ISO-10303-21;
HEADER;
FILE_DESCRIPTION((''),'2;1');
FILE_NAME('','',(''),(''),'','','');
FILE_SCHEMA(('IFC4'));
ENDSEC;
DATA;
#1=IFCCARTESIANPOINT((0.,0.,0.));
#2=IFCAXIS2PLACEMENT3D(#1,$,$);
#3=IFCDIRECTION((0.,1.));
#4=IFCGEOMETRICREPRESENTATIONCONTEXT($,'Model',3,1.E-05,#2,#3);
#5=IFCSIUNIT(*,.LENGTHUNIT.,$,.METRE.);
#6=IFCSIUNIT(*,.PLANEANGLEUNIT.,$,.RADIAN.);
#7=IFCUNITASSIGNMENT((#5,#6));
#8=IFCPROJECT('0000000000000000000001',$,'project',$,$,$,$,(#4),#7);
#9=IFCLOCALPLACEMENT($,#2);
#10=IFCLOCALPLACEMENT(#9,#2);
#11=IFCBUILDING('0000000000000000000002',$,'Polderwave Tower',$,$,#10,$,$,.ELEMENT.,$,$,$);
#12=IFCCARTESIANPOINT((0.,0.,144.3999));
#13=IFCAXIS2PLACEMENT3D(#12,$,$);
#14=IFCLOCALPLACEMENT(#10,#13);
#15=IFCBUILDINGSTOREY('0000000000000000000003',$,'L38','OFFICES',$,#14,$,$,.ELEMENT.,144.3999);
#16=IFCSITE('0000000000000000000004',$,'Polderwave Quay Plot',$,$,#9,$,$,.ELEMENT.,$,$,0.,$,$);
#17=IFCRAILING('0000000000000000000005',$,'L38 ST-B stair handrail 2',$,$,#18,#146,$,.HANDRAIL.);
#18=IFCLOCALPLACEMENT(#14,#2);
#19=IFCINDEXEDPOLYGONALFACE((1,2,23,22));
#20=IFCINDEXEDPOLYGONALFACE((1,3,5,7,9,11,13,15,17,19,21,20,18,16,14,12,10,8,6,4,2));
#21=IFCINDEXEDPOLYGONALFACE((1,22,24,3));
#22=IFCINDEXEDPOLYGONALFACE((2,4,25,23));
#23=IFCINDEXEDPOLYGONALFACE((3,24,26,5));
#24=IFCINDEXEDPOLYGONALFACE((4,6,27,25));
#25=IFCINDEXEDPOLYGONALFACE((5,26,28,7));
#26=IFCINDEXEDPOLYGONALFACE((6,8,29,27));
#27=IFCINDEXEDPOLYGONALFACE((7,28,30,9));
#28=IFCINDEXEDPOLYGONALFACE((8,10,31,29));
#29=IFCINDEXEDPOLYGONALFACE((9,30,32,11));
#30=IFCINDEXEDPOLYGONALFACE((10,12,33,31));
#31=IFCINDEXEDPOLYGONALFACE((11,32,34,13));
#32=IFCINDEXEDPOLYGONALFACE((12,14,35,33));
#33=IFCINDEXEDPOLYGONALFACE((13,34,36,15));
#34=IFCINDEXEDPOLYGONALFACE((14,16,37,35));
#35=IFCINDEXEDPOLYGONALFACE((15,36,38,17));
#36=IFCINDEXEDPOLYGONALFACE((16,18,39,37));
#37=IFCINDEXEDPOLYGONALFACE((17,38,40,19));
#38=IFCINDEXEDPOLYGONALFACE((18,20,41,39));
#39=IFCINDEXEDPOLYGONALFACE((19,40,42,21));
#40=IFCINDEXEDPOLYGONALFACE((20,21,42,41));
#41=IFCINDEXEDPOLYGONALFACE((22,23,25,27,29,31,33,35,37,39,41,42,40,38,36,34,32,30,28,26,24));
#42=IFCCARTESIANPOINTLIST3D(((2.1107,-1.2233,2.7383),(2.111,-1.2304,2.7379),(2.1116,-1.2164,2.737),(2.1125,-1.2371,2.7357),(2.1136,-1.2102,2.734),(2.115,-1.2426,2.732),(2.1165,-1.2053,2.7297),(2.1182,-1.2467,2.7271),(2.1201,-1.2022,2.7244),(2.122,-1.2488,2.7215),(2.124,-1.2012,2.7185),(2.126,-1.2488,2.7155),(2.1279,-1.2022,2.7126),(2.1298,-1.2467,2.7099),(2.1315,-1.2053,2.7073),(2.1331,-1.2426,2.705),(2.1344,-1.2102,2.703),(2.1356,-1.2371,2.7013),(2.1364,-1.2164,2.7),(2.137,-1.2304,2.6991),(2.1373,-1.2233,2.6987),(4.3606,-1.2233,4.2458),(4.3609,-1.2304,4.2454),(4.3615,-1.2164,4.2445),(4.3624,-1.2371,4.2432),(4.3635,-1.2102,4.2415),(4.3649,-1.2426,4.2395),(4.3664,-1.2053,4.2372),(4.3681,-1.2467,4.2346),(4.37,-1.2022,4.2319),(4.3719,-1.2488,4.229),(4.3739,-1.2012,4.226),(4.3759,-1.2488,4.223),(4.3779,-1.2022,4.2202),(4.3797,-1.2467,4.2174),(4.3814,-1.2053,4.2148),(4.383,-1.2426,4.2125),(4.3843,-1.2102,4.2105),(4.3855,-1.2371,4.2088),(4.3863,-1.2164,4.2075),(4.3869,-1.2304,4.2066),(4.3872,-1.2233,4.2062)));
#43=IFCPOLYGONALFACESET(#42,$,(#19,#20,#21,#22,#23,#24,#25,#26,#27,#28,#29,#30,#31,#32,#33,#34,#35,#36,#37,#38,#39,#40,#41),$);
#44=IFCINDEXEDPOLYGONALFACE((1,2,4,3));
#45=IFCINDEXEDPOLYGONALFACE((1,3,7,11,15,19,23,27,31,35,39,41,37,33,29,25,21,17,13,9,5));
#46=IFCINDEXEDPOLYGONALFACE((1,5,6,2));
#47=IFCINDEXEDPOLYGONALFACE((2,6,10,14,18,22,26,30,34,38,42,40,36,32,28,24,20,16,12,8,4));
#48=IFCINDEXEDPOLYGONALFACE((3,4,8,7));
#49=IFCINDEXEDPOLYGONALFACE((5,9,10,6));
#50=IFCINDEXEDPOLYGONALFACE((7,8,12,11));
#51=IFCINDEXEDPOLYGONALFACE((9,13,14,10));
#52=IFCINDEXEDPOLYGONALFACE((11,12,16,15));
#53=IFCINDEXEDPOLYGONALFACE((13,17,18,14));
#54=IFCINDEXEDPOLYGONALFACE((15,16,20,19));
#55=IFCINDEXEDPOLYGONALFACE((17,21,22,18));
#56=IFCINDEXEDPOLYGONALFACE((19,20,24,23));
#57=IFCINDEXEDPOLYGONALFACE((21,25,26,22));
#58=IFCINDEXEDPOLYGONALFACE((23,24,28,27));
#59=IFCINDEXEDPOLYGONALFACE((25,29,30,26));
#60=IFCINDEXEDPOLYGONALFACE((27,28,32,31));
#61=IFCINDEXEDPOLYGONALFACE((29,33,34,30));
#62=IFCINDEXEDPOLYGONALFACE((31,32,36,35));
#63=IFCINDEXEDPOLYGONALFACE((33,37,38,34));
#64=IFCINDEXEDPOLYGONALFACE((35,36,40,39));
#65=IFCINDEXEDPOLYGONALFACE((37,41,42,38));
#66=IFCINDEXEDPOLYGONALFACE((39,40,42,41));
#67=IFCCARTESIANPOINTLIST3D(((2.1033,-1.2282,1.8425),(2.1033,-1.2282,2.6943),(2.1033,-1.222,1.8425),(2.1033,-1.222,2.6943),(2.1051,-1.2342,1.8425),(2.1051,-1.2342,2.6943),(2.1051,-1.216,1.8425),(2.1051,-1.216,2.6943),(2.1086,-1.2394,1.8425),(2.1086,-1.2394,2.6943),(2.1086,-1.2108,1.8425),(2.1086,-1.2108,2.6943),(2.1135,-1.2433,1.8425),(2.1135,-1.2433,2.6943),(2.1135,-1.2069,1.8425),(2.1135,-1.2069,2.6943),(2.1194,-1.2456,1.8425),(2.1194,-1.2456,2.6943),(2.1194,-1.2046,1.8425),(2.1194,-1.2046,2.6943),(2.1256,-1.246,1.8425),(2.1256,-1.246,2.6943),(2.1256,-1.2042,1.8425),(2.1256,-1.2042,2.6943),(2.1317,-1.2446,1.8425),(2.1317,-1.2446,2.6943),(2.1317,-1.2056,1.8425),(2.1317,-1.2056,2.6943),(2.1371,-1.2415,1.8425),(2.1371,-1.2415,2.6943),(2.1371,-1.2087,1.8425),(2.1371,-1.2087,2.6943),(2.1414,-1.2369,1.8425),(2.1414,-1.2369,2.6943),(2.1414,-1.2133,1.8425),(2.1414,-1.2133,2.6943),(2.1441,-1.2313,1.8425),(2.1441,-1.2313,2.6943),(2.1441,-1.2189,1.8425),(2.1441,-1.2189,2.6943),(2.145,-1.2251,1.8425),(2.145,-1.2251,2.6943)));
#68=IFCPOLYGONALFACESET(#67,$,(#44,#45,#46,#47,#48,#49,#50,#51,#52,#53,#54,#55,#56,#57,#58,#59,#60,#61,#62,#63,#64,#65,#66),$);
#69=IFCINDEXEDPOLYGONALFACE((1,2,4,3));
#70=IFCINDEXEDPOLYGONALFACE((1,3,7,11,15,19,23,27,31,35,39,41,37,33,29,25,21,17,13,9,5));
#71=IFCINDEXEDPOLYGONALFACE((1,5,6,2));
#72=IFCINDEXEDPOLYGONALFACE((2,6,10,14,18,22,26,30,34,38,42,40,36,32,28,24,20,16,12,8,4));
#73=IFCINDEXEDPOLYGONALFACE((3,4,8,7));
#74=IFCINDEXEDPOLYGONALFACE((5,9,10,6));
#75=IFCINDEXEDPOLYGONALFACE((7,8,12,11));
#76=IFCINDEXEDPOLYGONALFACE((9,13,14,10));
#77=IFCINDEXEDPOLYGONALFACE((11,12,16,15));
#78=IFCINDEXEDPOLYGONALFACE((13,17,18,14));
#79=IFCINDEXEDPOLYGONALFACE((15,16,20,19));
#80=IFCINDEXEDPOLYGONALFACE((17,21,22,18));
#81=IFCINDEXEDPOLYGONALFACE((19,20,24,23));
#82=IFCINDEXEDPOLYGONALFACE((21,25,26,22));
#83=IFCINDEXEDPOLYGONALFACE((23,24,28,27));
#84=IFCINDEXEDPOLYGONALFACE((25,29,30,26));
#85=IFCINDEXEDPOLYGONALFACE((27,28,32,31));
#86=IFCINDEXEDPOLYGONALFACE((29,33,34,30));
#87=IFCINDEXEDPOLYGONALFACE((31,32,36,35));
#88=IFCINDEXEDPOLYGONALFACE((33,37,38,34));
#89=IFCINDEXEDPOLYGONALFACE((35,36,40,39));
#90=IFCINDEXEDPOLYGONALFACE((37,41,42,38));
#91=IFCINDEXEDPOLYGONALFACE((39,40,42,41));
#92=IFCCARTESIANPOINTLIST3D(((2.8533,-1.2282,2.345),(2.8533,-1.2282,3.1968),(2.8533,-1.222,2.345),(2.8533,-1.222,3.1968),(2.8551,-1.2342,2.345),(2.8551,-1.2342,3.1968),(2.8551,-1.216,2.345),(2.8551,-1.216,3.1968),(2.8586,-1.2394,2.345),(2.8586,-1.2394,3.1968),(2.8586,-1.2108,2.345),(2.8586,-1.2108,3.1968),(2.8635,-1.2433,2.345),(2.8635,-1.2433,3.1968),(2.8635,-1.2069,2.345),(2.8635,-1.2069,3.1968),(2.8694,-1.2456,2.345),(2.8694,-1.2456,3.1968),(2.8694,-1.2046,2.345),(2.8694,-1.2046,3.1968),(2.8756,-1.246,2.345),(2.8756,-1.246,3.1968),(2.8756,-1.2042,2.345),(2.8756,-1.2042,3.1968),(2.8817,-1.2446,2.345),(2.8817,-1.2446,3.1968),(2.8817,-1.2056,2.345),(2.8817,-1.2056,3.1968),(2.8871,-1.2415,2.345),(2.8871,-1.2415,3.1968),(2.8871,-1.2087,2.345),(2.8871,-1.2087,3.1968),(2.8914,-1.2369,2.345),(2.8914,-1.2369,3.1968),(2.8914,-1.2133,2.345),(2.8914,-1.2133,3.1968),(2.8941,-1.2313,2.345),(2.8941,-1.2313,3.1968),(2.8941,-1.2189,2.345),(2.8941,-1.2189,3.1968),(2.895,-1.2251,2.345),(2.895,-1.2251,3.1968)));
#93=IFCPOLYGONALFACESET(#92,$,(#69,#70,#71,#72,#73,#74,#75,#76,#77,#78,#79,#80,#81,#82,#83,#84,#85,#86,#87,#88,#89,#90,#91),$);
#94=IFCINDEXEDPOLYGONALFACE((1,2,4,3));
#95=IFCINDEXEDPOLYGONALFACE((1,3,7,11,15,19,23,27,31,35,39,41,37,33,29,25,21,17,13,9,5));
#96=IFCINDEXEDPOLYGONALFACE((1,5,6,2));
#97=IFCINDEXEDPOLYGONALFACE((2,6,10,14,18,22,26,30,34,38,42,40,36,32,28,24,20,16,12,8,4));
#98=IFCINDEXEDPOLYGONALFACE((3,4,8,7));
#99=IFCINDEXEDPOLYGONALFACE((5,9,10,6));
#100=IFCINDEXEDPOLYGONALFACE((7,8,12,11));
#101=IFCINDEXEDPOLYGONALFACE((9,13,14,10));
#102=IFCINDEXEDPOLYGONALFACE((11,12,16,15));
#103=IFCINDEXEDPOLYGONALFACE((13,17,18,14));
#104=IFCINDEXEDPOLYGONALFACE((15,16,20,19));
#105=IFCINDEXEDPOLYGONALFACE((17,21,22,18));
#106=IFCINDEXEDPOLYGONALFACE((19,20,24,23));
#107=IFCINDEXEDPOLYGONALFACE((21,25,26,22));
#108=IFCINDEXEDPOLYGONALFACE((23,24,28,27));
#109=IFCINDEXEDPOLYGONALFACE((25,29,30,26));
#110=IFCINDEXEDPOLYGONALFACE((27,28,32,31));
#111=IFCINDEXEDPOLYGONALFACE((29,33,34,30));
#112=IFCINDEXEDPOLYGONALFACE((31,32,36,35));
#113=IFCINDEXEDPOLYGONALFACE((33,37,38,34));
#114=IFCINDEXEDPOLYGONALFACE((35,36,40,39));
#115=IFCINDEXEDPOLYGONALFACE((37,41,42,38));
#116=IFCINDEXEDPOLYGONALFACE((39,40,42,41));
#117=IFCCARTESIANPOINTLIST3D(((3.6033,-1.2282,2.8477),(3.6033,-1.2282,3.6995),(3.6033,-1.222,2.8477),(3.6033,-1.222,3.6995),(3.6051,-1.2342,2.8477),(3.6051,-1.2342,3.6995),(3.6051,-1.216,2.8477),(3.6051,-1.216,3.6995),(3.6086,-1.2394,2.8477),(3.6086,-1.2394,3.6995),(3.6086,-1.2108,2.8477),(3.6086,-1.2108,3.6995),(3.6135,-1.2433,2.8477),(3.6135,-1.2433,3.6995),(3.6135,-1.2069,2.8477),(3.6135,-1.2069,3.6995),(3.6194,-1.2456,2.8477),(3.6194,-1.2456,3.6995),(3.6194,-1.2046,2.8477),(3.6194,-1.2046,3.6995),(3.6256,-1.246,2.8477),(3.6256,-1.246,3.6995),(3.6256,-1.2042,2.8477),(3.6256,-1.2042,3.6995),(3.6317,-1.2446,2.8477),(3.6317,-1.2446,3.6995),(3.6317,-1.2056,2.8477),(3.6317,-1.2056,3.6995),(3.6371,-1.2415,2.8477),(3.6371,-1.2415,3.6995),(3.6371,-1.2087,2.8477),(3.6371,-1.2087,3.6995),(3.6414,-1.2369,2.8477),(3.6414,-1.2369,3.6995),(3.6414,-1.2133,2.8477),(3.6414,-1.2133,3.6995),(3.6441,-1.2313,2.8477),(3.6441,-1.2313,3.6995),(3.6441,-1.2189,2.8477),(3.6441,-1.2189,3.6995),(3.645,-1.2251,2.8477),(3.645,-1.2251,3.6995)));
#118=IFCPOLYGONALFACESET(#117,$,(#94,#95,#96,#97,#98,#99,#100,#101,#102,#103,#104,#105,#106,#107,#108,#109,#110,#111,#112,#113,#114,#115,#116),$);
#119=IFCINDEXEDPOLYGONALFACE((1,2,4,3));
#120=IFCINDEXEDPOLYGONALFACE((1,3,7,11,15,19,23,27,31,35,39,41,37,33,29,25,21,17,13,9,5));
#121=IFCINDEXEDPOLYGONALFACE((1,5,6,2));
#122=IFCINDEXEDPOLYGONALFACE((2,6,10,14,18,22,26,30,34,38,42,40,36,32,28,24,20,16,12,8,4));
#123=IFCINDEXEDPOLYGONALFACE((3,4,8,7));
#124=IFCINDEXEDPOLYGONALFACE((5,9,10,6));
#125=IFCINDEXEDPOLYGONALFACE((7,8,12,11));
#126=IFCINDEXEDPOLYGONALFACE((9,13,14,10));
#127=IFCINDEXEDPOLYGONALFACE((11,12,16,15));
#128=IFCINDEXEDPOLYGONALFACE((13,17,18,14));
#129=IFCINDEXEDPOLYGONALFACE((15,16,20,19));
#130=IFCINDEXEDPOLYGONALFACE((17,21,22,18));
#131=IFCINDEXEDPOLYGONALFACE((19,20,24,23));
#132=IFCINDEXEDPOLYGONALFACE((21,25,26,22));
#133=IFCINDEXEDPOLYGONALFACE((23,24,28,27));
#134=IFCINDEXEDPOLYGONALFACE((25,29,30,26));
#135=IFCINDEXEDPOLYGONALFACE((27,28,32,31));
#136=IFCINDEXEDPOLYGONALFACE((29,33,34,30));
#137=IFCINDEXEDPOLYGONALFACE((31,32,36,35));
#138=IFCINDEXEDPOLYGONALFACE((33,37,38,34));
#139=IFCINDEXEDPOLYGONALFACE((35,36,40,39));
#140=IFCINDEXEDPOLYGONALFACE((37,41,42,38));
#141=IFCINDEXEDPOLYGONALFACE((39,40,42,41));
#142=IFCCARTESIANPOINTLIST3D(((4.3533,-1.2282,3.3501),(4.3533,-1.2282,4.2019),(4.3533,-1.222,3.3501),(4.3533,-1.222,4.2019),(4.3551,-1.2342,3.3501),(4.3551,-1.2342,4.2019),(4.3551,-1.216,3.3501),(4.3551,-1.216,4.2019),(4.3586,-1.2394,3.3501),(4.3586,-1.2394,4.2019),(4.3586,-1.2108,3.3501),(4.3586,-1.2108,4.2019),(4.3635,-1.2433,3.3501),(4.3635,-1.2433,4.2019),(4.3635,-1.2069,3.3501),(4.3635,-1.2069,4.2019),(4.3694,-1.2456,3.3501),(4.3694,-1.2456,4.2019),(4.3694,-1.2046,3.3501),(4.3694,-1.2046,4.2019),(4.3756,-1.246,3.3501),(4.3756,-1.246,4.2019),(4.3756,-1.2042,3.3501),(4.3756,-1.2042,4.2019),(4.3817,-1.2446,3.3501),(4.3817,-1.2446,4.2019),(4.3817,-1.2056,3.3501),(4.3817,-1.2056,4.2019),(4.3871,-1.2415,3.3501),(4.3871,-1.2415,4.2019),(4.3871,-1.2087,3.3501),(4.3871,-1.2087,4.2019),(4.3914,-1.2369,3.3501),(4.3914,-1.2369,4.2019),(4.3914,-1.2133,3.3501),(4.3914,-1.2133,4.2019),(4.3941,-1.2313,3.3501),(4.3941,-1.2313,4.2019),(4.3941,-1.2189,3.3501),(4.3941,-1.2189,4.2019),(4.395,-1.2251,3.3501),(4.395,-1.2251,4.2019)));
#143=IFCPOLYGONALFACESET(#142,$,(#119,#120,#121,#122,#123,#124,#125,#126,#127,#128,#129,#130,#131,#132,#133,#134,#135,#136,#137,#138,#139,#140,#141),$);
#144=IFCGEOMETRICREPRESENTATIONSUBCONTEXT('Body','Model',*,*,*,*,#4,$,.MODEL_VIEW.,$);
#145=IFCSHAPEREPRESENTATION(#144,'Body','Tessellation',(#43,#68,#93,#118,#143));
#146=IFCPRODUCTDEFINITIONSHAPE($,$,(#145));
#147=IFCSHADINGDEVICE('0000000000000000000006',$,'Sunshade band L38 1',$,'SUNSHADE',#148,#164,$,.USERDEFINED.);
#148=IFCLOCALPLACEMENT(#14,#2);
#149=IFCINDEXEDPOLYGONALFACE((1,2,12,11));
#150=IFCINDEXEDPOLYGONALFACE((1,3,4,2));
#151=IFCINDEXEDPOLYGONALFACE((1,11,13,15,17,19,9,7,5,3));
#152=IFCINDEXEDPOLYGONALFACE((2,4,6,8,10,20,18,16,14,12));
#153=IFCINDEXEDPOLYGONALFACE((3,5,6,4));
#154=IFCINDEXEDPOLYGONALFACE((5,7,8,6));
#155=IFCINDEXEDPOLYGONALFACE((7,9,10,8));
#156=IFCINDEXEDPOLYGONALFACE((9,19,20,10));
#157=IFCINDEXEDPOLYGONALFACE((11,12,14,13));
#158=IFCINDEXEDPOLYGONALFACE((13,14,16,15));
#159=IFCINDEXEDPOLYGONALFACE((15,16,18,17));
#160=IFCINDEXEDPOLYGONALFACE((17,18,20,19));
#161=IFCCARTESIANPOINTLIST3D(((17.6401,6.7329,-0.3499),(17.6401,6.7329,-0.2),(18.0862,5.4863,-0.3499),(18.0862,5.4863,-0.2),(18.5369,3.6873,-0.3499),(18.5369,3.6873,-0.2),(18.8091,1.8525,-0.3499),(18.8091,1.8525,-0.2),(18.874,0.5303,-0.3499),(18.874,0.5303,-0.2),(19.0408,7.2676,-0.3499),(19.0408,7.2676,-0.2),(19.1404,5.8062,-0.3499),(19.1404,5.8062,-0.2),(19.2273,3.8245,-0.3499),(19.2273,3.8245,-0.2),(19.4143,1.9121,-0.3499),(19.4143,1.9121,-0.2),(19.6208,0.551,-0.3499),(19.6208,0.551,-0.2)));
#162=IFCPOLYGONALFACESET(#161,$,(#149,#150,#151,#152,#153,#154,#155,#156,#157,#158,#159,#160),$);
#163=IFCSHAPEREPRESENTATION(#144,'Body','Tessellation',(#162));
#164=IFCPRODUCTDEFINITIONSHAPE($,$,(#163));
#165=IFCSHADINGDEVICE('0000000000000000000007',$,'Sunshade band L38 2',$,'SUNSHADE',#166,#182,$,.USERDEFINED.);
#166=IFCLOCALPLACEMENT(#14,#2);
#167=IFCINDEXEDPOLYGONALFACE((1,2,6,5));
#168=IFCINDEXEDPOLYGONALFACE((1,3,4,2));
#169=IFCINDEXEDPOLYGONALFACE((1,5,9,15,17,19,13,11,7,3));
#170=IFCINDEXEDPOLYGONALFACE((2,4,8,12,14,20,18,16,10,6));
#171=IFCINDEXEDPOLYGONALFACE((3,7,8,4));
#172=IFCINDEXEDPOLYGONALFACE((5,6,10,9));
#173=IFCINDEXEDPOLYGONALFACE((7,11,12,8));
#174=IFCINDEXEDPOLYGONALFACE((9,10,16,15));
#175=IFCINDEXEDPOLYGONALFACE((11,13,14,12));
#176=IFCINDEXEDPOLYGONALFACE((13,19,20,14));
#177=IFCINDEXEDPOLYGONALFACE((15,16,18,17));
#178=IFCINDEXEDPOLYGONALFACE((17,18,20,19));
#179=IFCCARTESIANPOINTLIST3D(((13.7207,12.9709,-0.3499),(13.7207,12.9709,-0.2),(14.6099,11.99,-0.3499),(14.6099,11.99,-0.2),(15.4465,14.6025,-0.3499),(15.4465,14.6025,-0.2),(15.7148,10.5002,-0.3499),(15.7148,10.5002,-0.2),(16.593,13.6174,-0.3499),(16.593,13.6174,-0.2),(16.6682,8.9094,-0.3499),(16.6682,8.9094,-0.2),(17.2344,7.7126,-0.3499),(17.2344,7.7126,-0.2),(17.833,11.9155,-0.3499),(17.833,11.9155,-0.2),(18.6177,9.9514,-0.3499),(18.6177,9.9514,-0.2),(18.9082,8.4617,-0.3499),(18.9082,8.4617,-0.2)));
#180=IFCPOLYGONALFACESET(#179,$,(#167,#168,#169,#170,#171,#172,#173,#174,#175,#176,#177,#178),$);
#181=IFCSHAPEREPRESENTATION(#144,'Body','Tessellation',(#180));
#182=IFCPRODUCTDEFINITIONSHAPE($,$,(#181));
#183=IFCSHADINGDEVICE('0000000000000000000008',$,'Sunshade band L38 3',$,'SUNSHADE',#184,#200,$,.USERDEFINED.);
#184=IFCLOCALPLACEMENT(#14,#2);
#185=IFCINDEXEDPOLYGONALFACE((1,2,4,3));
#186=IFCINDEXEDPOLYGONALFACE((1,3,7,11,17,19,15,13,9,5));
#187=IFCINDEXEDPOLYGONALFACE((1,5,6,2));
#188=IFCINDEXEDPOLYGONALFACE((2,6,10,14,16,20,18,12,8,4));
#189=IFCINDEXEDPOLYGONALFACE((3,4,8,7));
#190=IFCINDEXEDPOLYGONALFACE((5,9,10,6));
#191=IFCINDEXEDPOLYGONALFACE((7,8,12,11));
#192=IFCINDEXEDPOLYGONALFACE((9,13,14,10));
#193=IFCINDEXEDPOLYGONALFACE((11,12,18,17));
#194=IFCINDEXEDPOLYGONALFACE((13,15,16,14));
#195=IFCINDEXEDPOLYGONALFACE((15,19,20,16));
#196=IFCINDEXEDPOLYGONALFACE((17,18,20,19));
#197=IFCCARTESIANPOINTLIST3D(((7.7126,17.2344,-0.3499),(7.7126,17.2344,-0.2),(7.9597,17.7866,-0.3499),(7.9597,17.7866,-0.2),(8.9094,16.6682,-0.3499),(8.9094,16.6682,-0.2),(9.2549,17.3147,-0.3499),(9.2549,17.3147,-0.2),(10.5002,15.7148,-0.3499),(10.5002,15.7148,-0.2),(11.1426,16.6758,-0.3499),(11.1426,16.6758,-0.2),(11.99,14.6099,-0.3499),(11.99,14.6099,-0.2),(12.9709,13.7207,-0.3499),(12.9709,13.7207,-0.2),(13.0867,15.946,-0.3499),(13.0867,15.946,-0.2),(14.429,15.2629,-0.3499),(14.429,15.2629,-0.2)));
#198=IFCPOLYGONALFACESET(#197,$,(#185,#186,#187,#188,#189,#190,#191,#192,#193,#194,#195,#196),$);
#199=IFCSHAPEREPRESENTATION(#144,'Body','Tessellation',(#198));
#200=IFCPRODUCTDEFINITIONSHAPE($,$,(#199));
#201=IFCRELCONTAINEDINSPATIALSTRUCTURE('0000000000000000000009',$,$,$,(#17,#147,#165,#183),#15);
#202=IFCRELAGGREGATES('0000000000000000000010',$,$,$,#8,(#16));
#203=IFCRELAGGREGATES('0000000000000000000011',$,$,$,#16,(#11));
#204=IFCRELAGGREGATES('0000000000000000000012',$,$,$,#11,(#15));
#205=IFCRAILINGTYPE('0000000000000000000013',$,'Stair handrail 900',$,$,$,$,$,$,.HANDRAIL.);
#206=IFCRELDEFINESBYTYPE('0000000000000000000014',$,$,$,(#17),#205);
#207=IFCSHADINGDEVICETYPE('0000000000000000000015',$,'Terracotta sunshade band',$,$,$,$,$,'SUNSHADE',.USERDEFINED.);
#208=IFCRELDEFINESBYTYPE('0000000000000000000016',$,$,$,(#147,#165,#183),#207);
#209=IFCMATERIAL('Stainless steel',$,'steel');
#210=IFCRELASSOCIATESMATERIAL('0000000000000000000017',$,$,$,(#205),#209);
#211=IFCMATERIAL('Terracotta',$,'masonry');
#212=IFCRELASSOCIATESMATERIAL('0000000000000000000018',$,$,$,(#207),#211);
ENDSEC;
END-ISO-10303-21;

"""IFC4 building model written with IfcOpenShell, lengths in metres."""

from ifc_helpers import new_model, si_unit, direction, frame, origin, origin_2d, place, context, subcontext, project, spatial, polyline, circle, outline, extrude, material, type_object, element, save


model = new_model("IFC4")

# Units and contexts
model_context = context("Model", 3, precision=1e-05, world=origin(), true_north=direction((0.0, 1.0)))
body_context = subcontext(model_context, "Body", "Model", "MODEL_VIEW")
ifc_project = project(units=[si_unit("LENGTHUNIT", "METRE"), si_unit("PLANEANGLEUNIT", "RADIAN")], contexts=[model_context])

# Site, building, storey
site_placement = place(None, origin())
site = spatial("IfcSite", under=ifc_project, at=site_placement, Name="Polderwave Quay Plot", CompositionType="ELEMENT", RefElevation=0.0)
building_placement = place(site_placement, origin())
building = spatial("IfcBuilding", under=site, at=building_placement, Name="Polderwave Tower", CompositionType="ELEMENT")
storey_placement = place(building_placement, frame((0.0, 0.0, 144.3999)))
storey = spatial("IfcBuildingStorey", under=building, at=storey_placement, Name="L38", Description="OFFICES", CompositionType="ELEMENT", Elevation=144.3999)

# Railing
ifc_material_1 = material(Name="Stainless steel", Category="steel")
railing_type_1 = type_object("IfcRailingType", Name="Stair handrail 900", PredefinedType="HANDRAIL", material=ifc_material_1)
railing_1_placement = place(storey_placement, frame((2.124, -1.2251, 1.8425)))
element("IfcRailing", 1, at=railing_1_placement, inside=storey, type_object=railing_type_1, Name="L38 ST-B stair handrail 2", PredefinedType="HANDRAIL", context=body_context, shape_type="SweptSolid", body=[
    extrude(circle(Radius=0.0239, at=origin_2d()), frame((0.0, 0.0, 0.876), z_axis=(0.830758, 0.0, 0.556633), x_axis=(0.0, 1.0, 0.0)), (0.0, 0.0, 1.0), 2.7083),
    extrude(circle(Radius=0.021, at=origin_2d()), origin(), (0.0, 0.0, 1.0), 0.8518),
    extrude(circle(Radius=0.021, at=origin_2d()), frame((0.75, 0.0, 0.5024)), (0.0, 0.0, 1.0), 0.8518),
    extrude(circle(Radius=0.021, at=origin_2d()), frame((1.5, 0.0, 1.0051)), (0.0, 0.0, 1.0), 0.8518),
    extrude(circle(Radius=0.021, at=origin_2d()), frame((2.25, 0.0, 1.5076)), (0.0, 0.0, 1.0), 0.8518),
])

# Shading devices
ifc_material_2 = material(Name="Terracotta", Category="masonry")
shading_device_type = type_object("IfcShadingDeviceType", Name="Terracotta sunshade band", ElementType="SUNSHADE", PredefinedType="USERDEFINED", material=ifc_material_2)
shading_device_1_placement = place(storey_placement, frame((0.0, 0.0, -0.3499)))
element("IfcShadingDevice", 2, at=shading_device_1_placement, inside=storey, type_object=shading_device_type, Name="Sunshade band L38 1", ObjectType="SUNSHADE", PredefinedType="USERDEFINED", context=body_context, shape_type="SweptSolid", body=[
    extrude(outline(polyline([(18.874, 0.5303), (18.8091, 1.8525), (18.5369, 3.6873), (18.0862, 5.4863), (17.6401, 6.7329), (19.0408, 7.2676), (19.1404, 5.8062), (19.2273, 3.8245), (19.4143, 1.9121), (19.6208, 0.551), (18.874, 0.5303)])), origin(), (0.0, 0.0, 1.0), 0.1499),
])
shading_device_2_placement = place(storey_placement, frame((0.0, 0.0, -0.3499)))
element("IfcShadingDevice", 3, at=shading_device_2_placement, inside=storey, type_object=shading_device_type, Name="Sunshade band L38 2", ObjectType="SUNSHADE", PredefinedType="USERDEFINED", context=body_context, shape_type="SweptSolid", body=[
    extrude(outline(polyline([(17.2344, 7.7126), (16.6682, 8.9094), (15.7148, 10.5002), (14.6099, 11.99), (13.7207, 12.9709), (15.4465, 14.6025), (16.593, 13.6174), (17.833, 11.9155), (18.6177, 9.9514), (18.9082, 8.4617), (17.2344, 7.7126)])), origin(), (0.0, 0.0, 1.0), 0.1499),
])
shading_device_3_placement = place(storey_placement, frame((0.0, 0.0, -0.3499)))
element("IfcShadingDevice", 4, at=shading_device_3_placement, inside=storey, type_object=shading_device_type, Name="Sunshade band L38 3", ObjectType="SUNSHADE", PredefinedType="USERDEFINED", context=body_context, shape_type="SweptSolid", body=[
    extrude(outline(polyline([(12.9709, 13.7207), (11.99, 14.6099), (10.5002, 15.7148), (8.9094, 16.6682), (7.7126, 17.2344), (7.9597, 17.7866), (9.2549, 17.3147), (11.1426, 16.6758), (13.0867, 15.946), (14.429, 15.2629), (12.9709, 13.7207)])), origin(), (0.0, 0.0, 1.0), 0.1499),
])

save(model, "model.ifc")
